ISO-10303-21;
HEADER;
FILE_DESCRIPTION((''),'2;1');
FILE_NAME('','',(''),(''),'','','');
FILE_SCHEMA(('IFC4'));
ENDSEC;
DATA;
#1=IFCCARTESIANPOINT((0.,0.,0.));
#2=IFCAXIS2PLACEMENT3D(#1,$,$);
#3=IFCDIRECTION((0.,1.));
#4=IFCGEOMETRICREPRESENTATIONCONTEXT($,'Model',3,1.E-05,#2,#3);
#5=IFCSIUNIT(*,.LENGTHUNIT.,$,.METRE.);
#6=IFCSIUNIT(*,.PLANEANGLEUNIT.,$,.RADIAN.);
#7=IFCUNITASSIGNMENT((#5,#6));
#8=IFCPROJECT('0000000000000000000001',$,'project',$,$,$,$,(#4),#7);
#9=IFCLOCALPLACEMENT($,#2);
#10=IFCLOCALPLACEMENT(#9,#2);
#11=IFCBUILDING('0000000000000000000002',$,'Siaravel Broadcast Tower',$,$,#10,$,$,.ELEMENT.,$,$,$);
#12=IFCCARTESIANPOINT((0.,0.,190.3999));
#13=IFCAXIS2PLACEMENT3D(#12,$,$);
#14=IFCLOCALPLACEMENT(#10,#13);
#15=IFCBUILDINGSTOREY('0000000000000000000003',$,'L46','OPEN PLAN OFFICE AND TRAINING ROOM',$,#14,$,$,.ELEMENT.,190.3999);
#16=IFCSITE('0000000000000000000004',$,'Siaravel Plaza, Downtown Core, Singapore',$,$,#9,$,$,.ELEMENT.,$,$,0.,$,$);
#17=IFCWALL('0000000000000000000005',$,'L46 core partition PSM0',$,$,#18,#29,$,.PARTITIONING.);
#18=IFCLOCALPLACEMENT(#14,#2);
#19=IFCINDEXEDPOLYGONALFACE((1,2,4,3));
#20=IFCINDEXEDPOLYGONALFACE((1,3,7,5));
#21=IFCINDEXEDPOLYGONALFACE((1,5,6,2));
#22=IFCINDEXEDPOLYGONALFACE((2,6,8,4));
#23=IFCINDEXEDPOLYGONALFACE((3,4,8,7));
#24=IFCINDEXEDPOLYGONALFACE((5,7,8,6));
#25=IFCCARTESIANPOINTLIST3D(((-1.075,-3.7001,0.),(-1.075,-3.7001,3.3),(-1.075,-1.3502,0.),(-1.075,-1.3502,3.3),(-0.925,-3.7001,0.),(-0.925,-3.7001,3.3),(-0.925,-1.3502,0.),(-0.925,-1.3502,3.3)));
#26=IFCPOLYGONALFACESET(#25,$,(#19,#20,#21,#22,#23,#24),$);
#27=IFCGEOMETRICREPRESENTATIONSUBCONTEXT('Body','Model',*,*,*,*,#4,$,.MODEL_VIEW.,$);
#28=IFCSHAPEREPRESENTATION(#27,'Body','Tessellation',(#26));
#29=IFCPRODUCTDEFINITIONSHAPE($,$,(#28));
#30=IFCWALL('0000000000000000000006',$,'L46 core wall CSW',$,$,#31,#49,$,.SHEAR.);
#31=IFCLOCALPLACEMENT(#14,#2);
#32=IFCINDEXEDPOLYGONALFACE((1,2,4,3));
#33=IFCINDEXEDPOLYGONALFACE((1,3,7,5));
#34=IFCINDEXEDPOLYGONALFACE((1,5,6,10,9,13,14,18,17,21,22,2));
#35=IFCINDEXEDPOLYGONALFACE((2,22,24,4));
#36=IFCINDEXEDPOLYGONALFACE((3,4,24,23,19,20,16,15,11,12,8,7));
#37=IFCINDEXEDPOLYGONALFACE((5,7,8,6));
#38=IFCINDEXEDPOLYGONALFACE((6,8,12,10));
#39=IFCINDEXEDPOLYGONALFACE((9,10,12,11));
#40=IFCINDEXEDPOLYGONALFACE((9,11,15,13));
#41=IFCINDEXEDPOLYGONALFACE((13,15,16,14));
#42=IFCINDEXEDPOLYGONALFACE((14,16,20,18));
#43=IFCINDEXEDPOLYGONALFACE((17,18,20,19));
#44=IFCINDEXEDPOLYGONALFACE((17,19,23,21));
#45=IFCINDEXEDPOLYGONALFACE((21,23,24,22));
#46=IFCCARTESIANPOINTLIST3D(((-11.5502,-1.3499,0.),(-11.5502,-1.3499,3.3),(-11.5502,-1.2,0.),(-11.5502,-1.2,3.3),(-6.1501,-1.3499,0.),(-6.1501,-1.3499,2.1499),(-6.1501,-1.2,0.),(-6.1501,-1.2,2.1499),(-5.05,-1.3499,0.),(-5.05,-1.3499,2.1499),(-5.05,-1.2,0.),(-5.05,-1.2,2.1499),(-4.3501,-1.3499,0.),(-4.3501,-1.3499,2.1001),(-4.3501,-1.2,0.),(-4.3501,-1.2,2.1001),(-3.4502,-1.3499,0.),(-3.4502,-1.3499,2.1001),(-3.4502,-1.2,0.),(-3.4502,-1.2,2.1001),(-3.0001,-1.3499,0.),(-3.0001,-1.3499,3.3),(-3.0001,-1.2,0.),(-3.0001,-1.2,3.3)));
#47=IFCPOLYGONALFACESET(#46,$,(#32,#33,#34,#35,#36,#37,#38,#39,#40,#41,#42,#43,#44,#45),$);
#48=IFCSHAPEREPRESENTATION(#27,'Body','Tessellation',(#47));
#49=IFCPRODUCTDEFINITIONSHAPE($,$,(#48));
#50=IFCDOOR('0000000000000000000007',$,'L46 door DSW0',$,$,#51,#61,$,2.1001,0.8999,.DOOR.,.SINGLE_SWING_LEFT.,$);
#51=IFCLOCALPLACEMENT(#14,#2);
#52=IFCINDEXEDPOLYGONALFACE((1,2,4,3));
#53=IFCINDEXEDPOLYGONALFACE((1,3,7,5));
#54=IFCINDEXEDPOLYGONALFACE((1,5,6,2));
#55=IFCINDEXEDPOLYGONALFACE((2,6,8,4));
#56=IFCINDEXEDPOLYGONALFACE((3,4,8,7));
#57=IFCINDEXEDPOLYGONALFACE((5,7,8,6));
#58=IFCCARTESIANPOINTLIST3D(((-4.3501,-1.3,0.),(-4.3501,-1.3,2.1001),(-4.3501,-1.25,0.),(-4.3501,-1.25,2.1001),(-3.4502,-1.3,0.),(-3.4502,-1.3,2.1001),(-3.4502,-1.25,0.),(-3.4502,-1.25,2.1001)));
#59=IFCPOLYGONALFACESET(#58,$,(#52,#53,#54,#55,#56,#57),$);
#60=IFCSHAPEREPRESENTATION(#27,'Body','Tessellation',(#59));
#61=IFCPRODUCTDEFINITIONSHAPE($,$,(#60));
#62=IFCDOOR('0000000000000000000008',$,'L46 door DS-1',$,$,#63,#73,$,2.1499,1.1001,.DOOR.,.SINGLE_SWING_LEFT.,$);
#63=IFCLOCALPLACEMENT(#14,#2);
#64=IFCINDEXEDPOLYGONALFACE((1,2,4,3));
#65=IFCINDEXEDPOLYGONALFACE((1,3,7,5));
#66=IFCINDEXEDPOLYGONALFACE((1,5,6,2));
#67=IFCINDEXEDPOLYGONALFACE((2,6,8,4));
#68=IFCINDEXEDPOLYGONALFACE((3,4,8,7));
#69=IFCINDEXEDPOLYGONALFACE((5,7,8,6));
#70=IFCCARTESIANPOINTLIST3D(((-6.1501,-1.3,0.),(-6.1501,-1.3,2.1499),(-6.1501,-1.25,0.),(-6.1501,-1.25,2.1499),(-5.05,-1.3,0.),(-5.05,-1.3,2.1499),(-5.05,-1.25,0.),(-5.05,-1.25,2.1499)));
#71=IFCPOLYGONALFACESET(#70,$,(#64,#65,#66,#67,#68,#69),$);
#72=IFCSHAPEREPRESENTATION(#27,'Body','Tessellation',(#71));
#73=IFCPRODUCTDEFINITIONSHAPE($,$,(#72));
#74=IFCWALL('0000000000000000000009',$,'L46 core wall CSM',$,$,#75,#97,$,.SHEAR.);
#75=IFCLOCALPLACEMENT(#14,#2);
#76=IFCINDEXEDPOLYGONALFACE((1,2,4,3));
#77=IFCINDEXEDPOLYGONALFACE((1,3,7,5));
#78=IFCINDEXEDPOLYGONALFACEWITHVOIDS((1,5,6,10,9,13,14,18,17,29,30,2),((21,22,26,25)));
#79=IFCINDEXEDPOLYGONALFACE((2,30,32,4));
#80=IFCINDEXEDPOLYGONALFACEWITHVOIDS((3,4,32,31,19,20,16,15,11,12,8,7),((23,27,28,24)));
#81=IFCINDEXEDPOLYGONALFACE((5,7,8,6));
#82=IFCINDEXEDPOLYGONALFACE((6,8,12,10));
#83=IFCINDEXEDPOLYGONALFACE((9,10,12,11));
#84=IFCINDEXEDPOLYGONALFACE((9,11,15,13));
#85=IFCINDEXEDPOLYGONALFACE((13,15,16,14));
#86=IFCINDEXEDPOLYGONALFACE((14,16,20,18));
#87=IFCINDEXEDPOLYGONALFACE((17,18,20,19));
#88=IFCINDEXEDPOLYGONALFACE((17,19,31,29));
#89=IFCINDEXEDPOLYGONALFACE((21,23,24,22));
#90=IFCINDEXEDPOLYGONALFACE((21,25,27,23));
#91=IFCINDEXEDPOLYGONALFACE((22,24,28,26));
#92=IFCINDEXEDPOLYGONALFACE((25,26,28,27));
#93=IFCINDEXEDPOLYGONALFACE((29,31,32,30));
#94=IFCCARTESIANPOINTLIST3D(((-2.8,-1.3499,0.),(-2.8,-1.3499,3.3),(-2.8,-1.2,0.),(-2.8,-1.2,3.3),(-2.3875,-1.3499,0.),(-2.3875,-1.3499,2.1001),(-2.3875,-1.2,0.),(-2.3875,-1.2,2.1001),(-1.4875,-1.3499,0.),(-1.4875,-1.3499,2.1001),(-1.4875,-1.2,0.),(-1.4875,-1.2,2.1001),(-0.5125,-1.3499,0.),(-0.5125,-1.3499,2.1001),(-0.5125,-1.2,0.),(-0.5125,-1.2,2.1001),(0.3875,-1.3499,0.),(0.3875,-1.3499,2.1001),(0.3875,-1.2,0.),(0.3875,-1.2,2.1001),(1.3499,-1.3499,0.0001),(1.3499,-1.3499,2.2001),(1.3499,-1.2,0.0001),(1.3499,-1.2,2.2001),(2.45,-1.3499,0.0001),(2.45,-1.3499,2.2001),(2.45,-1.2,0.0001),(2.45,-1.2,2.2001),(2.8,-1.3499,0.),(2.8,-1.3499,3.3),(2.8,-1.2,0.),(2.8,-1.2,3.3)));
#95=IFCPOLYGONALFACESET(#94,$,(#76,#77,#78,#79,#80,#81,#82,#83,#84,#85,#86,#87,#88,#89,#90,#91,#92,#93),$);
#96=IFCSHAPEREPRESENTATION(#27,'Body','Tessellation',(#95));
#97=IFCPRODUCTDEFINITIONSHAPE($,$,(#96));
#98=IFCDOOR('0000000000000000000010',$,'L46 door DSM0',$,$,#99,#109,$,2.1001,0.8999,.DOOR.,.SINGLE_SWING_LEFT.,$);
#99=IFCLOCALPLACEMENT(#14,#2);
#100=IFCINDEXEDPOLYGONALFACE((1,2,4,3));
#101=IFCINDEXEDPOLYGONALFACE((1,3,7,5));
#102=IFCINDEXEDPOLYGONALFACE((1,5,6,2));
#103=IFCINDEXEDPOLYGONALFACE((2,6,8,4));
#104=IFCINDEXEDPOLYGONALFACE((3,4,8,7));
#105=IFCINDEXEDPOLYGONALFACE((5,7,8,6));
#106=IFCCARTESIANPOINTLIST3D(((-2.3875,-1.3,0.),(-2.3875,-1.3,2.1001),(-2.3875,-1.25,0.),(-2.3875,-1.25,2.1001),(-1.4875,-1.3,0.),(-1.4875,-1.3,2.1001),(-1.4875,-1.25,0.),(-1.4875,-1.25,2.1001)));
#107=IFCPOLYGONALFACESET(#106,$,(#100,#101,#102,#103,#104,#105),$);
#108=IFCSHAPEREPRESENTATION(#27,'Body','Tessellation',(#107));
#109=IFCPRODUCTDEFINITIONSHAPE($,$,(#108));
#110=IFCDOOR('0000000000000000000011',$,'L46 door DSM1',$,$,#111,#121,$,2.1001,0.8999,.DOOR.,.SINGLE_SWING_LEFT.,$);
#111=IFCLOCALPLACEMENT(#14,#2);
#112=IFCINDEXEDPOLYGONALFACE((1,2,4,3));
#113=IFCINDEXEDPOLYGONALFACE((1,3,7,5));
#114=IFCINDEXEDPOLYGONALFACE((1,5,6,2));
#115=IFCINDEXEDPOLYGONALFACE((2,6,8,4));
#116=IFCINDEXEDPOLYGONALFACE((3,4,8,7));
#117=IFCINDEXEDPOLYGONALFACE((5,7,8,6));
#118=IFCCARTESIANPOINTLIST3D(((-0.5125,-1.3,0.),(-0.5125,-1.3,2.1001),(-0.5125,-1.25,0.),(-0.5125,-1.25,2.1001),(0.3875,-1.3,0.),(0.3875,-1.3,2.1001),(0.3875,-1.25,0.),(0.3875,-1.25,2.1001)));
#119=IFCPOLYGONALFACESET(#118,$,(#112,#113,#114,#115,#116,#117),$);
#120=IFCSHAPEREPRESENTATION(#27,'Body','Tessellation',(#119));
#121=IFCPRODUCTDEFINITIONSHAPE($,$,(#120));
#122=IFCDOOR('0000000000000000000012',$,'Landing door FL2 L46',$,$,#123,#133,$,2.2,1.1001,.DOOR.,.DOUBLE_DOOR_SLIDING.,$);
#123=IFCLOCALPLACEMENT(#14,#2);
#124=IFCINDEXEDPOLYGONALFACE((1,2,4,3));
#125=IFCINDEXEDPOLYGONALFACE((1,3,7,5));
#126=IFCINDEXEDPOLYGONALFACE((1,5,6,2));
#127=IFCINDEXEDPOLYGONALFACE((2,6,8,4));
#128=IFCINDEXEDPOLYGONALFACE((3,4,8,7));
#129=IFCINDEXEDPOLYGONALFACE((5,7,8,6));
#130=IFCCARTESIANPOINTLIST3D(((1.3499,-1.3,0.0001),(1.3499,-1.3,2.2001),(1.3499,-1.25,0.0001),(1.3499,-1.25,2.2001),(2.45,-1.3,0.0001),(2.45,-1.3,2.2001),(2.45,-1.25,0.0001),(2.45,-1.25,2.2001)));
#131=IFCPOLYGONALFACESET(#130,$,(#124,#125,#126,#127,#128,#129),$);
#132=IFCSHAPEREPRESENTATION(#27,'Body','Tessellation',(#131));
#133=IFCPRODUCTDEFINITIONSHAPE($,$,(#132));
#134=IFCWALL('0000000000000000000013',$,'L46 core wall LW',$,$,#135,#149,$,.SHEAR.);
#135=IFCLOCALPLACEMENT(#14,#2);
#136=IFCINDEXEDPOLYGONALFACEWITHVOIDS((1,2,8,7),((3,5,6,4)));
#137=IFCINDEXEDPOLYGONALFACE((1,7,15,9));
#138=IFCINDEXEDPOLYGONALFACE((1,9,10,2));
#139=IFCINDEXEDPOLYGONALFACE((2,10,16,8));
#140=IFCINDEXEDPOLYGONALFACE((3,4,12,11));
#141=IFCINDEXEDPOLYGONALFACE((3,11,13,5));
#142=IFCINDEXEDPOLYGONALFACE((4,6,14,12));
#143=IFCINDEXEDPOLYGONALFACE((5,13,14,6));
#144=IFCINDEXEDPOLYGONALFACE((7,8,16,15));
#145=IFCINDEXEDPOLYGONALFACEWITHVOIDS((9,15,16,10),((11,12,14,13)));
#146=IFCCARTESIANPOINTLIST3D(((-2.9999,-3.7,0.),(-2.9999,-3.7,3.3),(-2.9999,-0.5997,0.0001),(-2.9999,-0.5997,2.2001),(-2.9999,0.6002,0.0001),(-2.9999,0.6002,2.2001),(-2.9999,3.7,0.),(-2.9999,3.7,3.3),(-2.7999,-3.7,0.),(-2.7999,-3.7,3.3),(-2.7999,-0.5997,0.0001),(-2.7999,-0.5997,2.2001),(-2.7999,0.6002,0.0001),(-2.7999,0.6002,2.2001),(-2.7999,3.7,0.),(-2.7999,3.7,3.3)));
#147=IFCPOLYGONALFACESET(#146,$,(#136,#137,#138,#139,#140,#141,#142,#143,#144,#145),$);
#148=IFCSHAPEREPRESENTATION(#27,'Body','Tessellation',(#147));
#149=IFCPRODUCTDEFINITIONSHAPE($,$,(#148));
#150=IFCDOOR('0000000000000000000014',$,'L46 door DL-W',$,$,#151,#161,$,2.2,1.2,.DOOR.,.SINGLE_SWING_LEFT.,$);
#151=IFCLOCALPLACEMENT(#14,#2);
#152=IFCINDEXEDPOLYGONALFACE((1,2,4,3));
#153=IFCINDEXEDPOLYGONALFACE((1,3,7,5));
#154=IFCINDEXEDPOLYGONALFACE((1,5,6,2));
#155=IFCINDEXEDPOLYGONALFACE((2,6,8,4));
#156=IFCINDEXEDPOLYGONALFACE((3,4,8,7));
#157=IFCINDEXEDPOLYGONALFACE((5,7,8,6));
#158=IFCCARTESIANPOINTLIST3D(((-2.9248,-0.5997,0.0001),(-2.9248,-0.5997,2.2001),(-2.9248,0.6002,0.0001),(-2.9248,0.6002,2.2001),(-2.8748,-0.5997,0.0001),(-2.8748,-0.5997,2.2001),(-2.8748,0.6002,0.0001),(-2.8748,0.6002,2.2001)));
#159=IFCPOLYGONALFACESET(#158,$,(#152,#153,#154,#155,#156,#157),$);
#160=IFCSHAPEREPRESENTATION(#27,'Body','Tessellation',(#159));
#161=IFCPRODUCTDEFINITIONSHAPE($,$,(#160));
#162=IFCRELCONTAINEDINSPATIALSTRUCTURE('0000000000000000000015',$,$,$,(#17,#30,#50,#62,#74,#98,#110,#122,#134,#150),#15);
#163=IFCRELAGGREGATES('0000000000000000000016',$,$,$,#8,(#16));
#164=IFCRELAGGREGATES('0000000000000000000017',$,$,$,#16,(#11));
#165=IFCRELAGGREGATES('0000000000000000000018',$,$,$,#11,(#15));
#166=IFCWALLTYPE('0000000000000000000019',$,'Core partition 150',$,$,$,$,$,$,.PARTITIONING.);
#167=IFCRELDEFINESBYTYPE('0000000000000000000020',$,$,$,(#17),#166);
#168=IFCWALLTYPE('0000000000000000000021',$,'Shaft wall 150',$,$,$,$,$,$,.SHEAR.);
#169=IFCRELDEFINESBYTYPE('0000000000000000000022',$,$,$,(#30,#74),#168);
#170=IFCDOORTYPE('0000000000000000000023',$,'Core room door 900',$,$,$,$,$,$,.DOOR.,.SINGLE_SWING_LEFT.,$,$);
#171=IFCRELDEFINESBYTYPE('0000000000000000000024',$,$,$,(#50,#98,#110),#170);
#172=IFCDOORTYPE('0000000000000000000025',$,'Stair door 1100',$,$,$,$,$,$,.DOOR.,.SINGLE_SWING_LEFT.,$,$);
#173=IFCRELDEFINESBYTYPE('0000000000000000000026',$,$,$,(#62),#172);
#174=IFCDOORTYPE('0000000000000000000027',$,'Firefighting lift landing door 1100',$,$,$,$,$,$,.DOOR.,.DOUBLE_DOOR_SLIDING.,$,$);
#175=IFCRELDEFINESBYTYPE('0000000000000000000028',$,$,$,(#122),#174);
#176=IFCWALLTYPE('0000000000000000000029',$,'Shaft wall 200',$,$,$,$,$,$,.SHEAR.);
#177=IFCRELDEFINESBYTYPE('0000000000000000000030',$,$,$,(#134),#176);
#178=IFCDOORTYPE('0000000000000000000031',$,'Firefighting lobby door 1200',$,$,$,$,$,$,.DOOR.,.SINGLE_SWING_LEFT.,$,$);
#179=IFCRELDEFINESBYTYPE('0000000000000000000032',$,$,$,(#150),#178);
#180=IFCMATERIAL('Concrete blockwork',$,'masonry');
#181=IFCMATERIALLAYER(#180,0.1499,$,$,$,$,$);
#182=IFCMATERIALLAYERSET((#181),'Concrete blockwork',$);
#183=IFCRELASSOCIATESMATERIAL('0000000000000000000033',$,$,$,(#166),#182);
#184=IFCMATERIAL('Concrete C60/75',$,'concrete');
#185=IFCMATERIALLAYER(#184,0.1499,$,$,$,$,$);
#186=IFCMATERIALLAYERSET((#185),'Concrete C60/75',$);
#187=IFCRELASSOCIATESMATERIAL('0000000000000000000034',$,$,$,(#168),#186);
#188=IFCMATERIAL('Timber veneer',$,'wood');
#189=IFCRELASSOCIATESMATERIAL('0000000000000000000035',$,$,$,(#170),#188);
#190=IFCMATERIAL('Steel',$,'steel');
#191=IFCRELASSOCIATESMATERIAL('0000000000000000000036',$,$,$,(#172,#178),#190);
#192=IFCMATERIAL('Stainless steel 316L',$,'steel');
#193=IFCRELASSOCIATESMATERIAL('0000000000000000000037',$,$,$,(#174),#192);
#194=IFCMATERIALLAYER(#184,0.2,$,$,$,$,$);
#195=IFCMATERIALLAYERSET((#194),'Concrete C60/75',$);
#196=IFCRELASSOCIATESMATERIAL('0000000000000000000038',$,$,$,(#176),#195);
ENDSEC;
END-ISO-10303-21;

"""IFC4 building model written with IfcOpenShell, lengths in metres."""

from ifc_helpers import new_model, si_unit, direction, frame, frame_2d, origin, place, context, subcontext, project, spatial, rectangle, extrude, material, layer, layer_set, type_object, element, fill, save


model = new_model("IFC4")

# Units and contexts
model_context = context("Model", 3, precision=1e-05, world=origin(), true_north=direction((0.0, 1.0)))
body_context = subcontext(model_context, "Body", "Model", "MODEL_VIEW")
ifc_project = project(units=[si_unit("LENGTHUNIT", "METRE"), si_unit("PLANEANGLEUNIT", "RADIAN")], contexts=[model_context])

# Site, building, storey
site_placement = place(None, origin())
site = spatial("IfcSite", under=ifc_project, at=site_placement, Name="Siaravel Plaza, Downtown Core, Singapore", CompositionType="ELEMENT", RefElevation=0.0)
building_placement = place(site_placement, origin())
building = spatial("IfcBuilding", under=site, at=building_placement, Name="Siaravel Broadcast Tower", CompositionType="ELEMENT")
storey_placement = place(building_placement, frame((0.0, 0.0, 190.3999)))
storey = spatial("IfcBuildingStorey", under=building, at=storey_placement, Name="L46", Description="OPEN PLAN OFFICE AND TRAINING ROOM", CompositionType="ELEMENT", Elevation=190.3999)

# Wall
ifc_material_1 = material(Name="Concrete blockwork", Category="masonry")
ifc_layer_1 = layer(ifc_material_1, 0.1499)
ifc_layer_set_1 = layer_set([ifc_layer_1], Name="Concrete blockwork")
wall_type_1 = type_object("IfcWallType", Name="Core partition 150", PredefinedType="PARTITIONING", material=ifc_layer_set_1)
wall_1_placement = place(storey_placement, frame((-1.0, -3.7, 0.0), z_axis=(0.0, 0.0, 1.0), x_axis=(0.0, 1.0, 0.0)))
element("IfcWall", 1, at=wall_1_placement, inside=storey, type_object=wall_type_1, Name="L46 core partition PSM0", PredefinedType="PARTITIONING", context=body_context, shape_type="SweptSolid", body=[
    extrude(rectangle(XDim=2.3499, YDim=0.1499, at=frame_2d((1.1748, 0.0))), origin(), (0.0, 0.0, 1.0), 3.3),
])

# Walls, openings, doors
ifc_material_2 = material(Name="Concrete C60/75", Category="concrete")
ifc_layer_2 = layer(ifc_material_2, 0.1499)
ifc_layer_set_2 = layer_set([ifc_layer_2], Name="Concrete C60/75")
wall_type_2 = type_object("IfcWallType", Name="Shaft wall 150", PredefinedType="SHEAR", material=ifc_layer_set_2)
wall_2_placement = place(storey_placement, frame((-11.55, -1.2749, 0.0), z_axis=(0.0, 0.0, 1.0), x_axis=(1.0, 0.0, 0.0)))
wall_2 = element("IfcWall", 2, at=wall_2_placement, inside=storey, type_object=wall_type_2, Name="L46 core wall CSW", PredefinedType="SHEAR", context=body_context, shape_type="SweptSolid", body=[
    extrude(rectangle(XDim=8.55, YDim=0.1499, at=frame_2d((4.2749, 0.0))), origin(), (0.0, 0.0, 1.0), 3.3),
])
opening_1_placement = place(wall_2_placement, frame((5.3999, 0.0, 0.0)))
opening_1 = element("IfcOpeningElement", 3, at=opening_1_placement, cuts=wall_2, PredefinedType="OPENING", context=body_context, shape_type="SweptSolid", body=[
    extrude(rectangle(XDim=1.1001, YDim=2.1499, at=frame_2d((0.55, 1.075))), frame((0.0, 0.085, 0.0), z_axis=(0.0, -1.0, 0.0), x_axis=(1.0, 0.0, 0.0)), (0.0, 0.0, 1.0), 0.1699),
])
opening_2_placement = place(wall_2_placement, frame((7.2, 0.0, 0.0)))
opening_2 = element("IfcOpeningElement", 4, at=opening_2_placement, cuts=wall_2, PredefinedType="OPENING", context=body_context, shape_type="SweptSolid", body=[
    extrude(rectangle(XDim=0.8999, YDim=2.1001, at=frame_2d((0.45, 1.05))), frame((0.0, 0.085, 0.0), z_axis=(0.0, -1.0, 0.0), x_axis=(1.0, 0.0, 0.0)), (0.0, 0.0, 1.0), 0.1699),
])
ifc_material_3 = material(Name="Timber veneer", Category="wood")
door_type_1 = type_object("IfcDoorType", Name="Core room door 900", OperationType="SINGLE_SWING_LEFT", PredefinedType="DOOR", material=ifc_material_3)
door_1_placement = place(opening_2_placement, origin())
door_1 = element("IfcDoor", 5, at=door_1_placement, inside=storey, type_object=door_type_1, Name="L46 door DSW0", OperationType="SINGLE_SWING_LEFT", OverallHeight=2.1001, OverallWidth=0.8999, PredefinedType="DOOR", context=body_context, shape_type="SweptSolid", body=[
    extrude(rectangle(XDim=0.8999, YDim=2.1001, at=frame_2d((0.45, 1.05))), frame((0.0, 0.0249, 0.0), z_axis=(0.0, -1.0, 0.0), x_axis=(1.0, 0.0, 0.0)), (0.0, 0.0, 1.0), 0.05),
])
fill(opening_2, door_1)
ifc_material_4 = material(Name="Steel", Category="steel")
door_type_2 = type_object("IfcDoorType", Name="Stair door 1100", OperationType="SINGLE_SWING_LEFT", PredefinedType="DOOR", material=ifc_material_4)
door_2_placement = place(opening_1_placement, origin())
door_2 = element("IfcDoor", 6, at=door_2_placement, inside=storey, type_object=door_type_2, Name="L46 door DS-1", OperationType="SINGLE_SWING_LEFT", OverallHeight=2.1499, OverallWidth=1.1001, PredefinedType="DOOR", context=body_context, shape_type="SweptSolid", body=[
    extrude(rectangle(XDim=1.1001, YDim=2.1499, at=frame_2d((0.55, 1.075))), frame((0.0, 0.0249, 0.0), z_axis=(0.0, -1.0, 0.0), x_axis=(1.0, 0.0, 0.0)), (0.0, 0.0, 1.0), 0.05),
])
fill(opening_1, door_2)
wall_3_placement = place(storey_placement, frame((-2.8, -1.2749, 0.0), z_axis=(0.0, 0.0, 1.0), x_axis=(1.0, 0.0, 0.0)))
wall_3 = element("IfcWall", 7, at=wall_3_placement, inside=storey, type_object=wall_type_2, Name="L46 core wall CSM", PredefinedType="SHEAR", context=body_context, shape_type="SweptSolid", body=[
    extrude(rectangle(XDim=5.6001, YDim=0.1499, at=frame_2d((2.8, 0.0))), origin(), (0.0, 0.0, 1.0), 3.3),
])
opening_3_placement = place(wall_3_placement, frame((4.1499, 0.0, 0.0)))
opening_3 = element("IfcOpeningElement", 8, at=opening_3_placement, cuts=wall_3, PredefinedType="OPENING", context=body_context, shape_type="SweptSolid", body=[
    extrude(rectangle(XDim=1.1001, YDim=2.2, at=frame_2d((0.55, 1.1001))), frame((0.0, 0.085, 0.0), z_axis=(0.0, -1.0, 0.0), x_axis=(1.0, 0.0, 0.0)), (0.0, 0.0, 1.0), 0.1699),
])
opening_4_placement = place(wall_3_placement, frame((0.4126, 0.0, 0.0)))
opening_4 = element("IfcOpeningElement", 9, at=opening_4_placement, cuts=wall_3, PredefinedType="OPENING", context=body_context, shape_type="SweptSolid", body=[
    extrude(rectangle(XDim=0.8999, YDim=2.1001, at=frame_2d((0.45, 1.05))), frame((0.0, 0.085, 0.0), z_axis=(0.0, -1.0, 0.0), x_axis=(1.0, 0.0, 0.0)), (0.0, 0.0, 1.0), 0.1699),
])
opening_5_placement = place(wall_3_placement, frame((2.2876, 0.0, 0.0)))
opening_5 = element("IfcOpeningElement", 10, at=opening_5_placement, cuts=wall_3, PredefinedType="OPENING", context=body_context, shape_type="SweptSolid", body=[
    extrude(rectangle(XDim=0.8999, YDim=2.1001, at=frame_2d((0.45, 1.05))), frame((0.0, 0.085, 0.0), z_axis=(0.0, -1.0, 0.0), x_axis=(1.0, 0.0, 0.0)), (0.0, 0.0, 1.0), 0.1699),
])
door_3_placement = place(opening_4_placement, origin())
door_3 = element("IfcDoor", 11, at=door_3_placement, inside=storey, type_object=door_type_1, Name="L46 door DSM0", OperationType="SINGLE_SWING_LEFT", OverallHeight=2.1001, OverallWidth=0.8999, PredefinedType="DOOR", context=body_context, shape_type="SweptSolid", body=[
    extrude(rectangle(XDim=0.8999, YDim=2.1001, at=frame_2d((0.45, 1.05))), frame((0.0, 0.0249, 0.0), z_axis=(0.0, -1.0, 0.0), x_axis=(1.0, 0.0, 0.0)), (0.0, 0.0, 1.0), 0.05),
])
fill(opening_4, door_3)
door_4_placement = place(opening_5_placement, origin())
door_4 = element("IfcDoor", 12, at=door_4_placement, inside=storey, type_object=door_type_1, Name="L46 door DSM1", OperationType="SINGLE_SWING_LEFT", OverallHeight=2.1001, OverallWidth=0.8999, PredefinedType="DOOR", context=body_context, shape_type="SweptSolid", body=[
    extrude(rectangle(XDim=0.8999, YDim=2.1001, at=frame_2d((0.45, 1.05))), frame((0.0, 0.0249, 0.0), z_axis=(0.0, -1.0, 0.0), x_axis=(1.0, 0.0, 0.0)), (0.0, 0.0, 1.0), 0.05),
])
fill(opening_5, door_4)
ifc_material_5 = material(Name="Stainless steel 316L", Category="steel")
door_type_3 = type_object("IfcDoorType", Name="Firefighting lift landing door 1100", OperationType="DOUBLE_DOOR_SLIDING", PredefinedType="DOOR", material=ifc_material_5)
door_5_placement = place(opening_3_placement, origin())
door_5 = element("IfcDoor", 13, at=door_5_placement, inside=storey, type_object=door_type_3, Name="Landing door FL2 L46", OperationType="DOUBLE_DOOR_SLIDING", OverallHeight=2.2, OverallWidth=1.1001, PredefinedType="DOOR", context=body_context, shape_type="SweptSolid", body=[
    extrude(rectangle(XDim=1.1001, YDim=2.2, at=frame_2d((0.55, 1.1001))), frame((0.0, 0.0249, 0.0), z_axis=(0.0, -1.0, 0.0), x_axis=(1.0, 0.0, 0.0)), (0.0, 0.0, 1.0), 0.05),
])
fill(opening_3, door_5)

# Wall, opening, door
ifc_layer_3 = layer(ifc_material_2, 0.2)
ifc_layer_set_3 = layer_set([ifc_layer_3], Name="Concrete C60/75")
wall_type_3 = type_object("IfcWallType", Name="Shaft wall 200", PredefinedType="SHEAR", material=ifc_layer_set_3)
wall_4_placement = place(storey_placement, frame((-2.8999, -3.7, 0.0), z_axis=(0.0, 0.0, 1.0), x_axis=(0.0, 1.0, 0.0)))
wall_4 = element("IfcWall", 14, at=wall_4_placement, inside=storey, type_object=wall_type_3, Name="L46 core wall LW", PredefinedType="SHEAR", context=body_context, shape_type="SweptSolid", body=[
    extrude(rectangle(XDim=7.3999, YDim=0.2, at=frame_2d((3.7, 0.0))), origin(), (0.0, 0.0, 1.0), 3.3),
])
opening_6_placement = place(wall_4_placement, frame((3.1001, 0.0, 0.0)))
opening_6 = element("IfcOpeningElement", 15, at=opening_6_placement, cuts=wall_4, PredefinedType="OPENING", context=body_context, shape_type="SweptSolid", body=[
    extrude(rectangle(XDim=1.2, YDim=2.2, at=frame_2d((0.6001, 1.1001))), frame((0.0, 0.1099, 0.0), z_axis=(0.0, -1.0, 0.0), x_axis=(1.0, 0.0, 0.0)), (0.0, 0.0, 1.0), 0.22),
])
door_type_4 = type_object("IfcDoorType", Name="Firefighting lobby door 1200", OperationType="SINGLE_SWING_LEFT", PredefinedType="DOOR", material=ifc_material_4)
door_6_placement = place(opening_6_placement, origin())
door_6 = element("IfcDoor", 16, at=door_6_placement, inside=storey, type_object=door_type_4, Name="L46 door DL-W", OperationType="SINGLE_SWING_LEFT", OverallHeight=2.2, OverallWidth=1.2, PredefinedType="DOOR", context=body_context, shape_type="SweptSolid", body=[
    extrude(rectangle(XDim=1.2, YDim=2.2, at=frame_2d((0.6001, 1.1001))), frame((0.0, 0.0249, 0.0), z_axis=(0.0, -1.0, 0.0), x_axis=(1.0, 0.0, 0.0)), (0.0, 0.0, 1.0), 0.05),
])
fill(opening_6, door_6)

save(model, "model.ifc")
